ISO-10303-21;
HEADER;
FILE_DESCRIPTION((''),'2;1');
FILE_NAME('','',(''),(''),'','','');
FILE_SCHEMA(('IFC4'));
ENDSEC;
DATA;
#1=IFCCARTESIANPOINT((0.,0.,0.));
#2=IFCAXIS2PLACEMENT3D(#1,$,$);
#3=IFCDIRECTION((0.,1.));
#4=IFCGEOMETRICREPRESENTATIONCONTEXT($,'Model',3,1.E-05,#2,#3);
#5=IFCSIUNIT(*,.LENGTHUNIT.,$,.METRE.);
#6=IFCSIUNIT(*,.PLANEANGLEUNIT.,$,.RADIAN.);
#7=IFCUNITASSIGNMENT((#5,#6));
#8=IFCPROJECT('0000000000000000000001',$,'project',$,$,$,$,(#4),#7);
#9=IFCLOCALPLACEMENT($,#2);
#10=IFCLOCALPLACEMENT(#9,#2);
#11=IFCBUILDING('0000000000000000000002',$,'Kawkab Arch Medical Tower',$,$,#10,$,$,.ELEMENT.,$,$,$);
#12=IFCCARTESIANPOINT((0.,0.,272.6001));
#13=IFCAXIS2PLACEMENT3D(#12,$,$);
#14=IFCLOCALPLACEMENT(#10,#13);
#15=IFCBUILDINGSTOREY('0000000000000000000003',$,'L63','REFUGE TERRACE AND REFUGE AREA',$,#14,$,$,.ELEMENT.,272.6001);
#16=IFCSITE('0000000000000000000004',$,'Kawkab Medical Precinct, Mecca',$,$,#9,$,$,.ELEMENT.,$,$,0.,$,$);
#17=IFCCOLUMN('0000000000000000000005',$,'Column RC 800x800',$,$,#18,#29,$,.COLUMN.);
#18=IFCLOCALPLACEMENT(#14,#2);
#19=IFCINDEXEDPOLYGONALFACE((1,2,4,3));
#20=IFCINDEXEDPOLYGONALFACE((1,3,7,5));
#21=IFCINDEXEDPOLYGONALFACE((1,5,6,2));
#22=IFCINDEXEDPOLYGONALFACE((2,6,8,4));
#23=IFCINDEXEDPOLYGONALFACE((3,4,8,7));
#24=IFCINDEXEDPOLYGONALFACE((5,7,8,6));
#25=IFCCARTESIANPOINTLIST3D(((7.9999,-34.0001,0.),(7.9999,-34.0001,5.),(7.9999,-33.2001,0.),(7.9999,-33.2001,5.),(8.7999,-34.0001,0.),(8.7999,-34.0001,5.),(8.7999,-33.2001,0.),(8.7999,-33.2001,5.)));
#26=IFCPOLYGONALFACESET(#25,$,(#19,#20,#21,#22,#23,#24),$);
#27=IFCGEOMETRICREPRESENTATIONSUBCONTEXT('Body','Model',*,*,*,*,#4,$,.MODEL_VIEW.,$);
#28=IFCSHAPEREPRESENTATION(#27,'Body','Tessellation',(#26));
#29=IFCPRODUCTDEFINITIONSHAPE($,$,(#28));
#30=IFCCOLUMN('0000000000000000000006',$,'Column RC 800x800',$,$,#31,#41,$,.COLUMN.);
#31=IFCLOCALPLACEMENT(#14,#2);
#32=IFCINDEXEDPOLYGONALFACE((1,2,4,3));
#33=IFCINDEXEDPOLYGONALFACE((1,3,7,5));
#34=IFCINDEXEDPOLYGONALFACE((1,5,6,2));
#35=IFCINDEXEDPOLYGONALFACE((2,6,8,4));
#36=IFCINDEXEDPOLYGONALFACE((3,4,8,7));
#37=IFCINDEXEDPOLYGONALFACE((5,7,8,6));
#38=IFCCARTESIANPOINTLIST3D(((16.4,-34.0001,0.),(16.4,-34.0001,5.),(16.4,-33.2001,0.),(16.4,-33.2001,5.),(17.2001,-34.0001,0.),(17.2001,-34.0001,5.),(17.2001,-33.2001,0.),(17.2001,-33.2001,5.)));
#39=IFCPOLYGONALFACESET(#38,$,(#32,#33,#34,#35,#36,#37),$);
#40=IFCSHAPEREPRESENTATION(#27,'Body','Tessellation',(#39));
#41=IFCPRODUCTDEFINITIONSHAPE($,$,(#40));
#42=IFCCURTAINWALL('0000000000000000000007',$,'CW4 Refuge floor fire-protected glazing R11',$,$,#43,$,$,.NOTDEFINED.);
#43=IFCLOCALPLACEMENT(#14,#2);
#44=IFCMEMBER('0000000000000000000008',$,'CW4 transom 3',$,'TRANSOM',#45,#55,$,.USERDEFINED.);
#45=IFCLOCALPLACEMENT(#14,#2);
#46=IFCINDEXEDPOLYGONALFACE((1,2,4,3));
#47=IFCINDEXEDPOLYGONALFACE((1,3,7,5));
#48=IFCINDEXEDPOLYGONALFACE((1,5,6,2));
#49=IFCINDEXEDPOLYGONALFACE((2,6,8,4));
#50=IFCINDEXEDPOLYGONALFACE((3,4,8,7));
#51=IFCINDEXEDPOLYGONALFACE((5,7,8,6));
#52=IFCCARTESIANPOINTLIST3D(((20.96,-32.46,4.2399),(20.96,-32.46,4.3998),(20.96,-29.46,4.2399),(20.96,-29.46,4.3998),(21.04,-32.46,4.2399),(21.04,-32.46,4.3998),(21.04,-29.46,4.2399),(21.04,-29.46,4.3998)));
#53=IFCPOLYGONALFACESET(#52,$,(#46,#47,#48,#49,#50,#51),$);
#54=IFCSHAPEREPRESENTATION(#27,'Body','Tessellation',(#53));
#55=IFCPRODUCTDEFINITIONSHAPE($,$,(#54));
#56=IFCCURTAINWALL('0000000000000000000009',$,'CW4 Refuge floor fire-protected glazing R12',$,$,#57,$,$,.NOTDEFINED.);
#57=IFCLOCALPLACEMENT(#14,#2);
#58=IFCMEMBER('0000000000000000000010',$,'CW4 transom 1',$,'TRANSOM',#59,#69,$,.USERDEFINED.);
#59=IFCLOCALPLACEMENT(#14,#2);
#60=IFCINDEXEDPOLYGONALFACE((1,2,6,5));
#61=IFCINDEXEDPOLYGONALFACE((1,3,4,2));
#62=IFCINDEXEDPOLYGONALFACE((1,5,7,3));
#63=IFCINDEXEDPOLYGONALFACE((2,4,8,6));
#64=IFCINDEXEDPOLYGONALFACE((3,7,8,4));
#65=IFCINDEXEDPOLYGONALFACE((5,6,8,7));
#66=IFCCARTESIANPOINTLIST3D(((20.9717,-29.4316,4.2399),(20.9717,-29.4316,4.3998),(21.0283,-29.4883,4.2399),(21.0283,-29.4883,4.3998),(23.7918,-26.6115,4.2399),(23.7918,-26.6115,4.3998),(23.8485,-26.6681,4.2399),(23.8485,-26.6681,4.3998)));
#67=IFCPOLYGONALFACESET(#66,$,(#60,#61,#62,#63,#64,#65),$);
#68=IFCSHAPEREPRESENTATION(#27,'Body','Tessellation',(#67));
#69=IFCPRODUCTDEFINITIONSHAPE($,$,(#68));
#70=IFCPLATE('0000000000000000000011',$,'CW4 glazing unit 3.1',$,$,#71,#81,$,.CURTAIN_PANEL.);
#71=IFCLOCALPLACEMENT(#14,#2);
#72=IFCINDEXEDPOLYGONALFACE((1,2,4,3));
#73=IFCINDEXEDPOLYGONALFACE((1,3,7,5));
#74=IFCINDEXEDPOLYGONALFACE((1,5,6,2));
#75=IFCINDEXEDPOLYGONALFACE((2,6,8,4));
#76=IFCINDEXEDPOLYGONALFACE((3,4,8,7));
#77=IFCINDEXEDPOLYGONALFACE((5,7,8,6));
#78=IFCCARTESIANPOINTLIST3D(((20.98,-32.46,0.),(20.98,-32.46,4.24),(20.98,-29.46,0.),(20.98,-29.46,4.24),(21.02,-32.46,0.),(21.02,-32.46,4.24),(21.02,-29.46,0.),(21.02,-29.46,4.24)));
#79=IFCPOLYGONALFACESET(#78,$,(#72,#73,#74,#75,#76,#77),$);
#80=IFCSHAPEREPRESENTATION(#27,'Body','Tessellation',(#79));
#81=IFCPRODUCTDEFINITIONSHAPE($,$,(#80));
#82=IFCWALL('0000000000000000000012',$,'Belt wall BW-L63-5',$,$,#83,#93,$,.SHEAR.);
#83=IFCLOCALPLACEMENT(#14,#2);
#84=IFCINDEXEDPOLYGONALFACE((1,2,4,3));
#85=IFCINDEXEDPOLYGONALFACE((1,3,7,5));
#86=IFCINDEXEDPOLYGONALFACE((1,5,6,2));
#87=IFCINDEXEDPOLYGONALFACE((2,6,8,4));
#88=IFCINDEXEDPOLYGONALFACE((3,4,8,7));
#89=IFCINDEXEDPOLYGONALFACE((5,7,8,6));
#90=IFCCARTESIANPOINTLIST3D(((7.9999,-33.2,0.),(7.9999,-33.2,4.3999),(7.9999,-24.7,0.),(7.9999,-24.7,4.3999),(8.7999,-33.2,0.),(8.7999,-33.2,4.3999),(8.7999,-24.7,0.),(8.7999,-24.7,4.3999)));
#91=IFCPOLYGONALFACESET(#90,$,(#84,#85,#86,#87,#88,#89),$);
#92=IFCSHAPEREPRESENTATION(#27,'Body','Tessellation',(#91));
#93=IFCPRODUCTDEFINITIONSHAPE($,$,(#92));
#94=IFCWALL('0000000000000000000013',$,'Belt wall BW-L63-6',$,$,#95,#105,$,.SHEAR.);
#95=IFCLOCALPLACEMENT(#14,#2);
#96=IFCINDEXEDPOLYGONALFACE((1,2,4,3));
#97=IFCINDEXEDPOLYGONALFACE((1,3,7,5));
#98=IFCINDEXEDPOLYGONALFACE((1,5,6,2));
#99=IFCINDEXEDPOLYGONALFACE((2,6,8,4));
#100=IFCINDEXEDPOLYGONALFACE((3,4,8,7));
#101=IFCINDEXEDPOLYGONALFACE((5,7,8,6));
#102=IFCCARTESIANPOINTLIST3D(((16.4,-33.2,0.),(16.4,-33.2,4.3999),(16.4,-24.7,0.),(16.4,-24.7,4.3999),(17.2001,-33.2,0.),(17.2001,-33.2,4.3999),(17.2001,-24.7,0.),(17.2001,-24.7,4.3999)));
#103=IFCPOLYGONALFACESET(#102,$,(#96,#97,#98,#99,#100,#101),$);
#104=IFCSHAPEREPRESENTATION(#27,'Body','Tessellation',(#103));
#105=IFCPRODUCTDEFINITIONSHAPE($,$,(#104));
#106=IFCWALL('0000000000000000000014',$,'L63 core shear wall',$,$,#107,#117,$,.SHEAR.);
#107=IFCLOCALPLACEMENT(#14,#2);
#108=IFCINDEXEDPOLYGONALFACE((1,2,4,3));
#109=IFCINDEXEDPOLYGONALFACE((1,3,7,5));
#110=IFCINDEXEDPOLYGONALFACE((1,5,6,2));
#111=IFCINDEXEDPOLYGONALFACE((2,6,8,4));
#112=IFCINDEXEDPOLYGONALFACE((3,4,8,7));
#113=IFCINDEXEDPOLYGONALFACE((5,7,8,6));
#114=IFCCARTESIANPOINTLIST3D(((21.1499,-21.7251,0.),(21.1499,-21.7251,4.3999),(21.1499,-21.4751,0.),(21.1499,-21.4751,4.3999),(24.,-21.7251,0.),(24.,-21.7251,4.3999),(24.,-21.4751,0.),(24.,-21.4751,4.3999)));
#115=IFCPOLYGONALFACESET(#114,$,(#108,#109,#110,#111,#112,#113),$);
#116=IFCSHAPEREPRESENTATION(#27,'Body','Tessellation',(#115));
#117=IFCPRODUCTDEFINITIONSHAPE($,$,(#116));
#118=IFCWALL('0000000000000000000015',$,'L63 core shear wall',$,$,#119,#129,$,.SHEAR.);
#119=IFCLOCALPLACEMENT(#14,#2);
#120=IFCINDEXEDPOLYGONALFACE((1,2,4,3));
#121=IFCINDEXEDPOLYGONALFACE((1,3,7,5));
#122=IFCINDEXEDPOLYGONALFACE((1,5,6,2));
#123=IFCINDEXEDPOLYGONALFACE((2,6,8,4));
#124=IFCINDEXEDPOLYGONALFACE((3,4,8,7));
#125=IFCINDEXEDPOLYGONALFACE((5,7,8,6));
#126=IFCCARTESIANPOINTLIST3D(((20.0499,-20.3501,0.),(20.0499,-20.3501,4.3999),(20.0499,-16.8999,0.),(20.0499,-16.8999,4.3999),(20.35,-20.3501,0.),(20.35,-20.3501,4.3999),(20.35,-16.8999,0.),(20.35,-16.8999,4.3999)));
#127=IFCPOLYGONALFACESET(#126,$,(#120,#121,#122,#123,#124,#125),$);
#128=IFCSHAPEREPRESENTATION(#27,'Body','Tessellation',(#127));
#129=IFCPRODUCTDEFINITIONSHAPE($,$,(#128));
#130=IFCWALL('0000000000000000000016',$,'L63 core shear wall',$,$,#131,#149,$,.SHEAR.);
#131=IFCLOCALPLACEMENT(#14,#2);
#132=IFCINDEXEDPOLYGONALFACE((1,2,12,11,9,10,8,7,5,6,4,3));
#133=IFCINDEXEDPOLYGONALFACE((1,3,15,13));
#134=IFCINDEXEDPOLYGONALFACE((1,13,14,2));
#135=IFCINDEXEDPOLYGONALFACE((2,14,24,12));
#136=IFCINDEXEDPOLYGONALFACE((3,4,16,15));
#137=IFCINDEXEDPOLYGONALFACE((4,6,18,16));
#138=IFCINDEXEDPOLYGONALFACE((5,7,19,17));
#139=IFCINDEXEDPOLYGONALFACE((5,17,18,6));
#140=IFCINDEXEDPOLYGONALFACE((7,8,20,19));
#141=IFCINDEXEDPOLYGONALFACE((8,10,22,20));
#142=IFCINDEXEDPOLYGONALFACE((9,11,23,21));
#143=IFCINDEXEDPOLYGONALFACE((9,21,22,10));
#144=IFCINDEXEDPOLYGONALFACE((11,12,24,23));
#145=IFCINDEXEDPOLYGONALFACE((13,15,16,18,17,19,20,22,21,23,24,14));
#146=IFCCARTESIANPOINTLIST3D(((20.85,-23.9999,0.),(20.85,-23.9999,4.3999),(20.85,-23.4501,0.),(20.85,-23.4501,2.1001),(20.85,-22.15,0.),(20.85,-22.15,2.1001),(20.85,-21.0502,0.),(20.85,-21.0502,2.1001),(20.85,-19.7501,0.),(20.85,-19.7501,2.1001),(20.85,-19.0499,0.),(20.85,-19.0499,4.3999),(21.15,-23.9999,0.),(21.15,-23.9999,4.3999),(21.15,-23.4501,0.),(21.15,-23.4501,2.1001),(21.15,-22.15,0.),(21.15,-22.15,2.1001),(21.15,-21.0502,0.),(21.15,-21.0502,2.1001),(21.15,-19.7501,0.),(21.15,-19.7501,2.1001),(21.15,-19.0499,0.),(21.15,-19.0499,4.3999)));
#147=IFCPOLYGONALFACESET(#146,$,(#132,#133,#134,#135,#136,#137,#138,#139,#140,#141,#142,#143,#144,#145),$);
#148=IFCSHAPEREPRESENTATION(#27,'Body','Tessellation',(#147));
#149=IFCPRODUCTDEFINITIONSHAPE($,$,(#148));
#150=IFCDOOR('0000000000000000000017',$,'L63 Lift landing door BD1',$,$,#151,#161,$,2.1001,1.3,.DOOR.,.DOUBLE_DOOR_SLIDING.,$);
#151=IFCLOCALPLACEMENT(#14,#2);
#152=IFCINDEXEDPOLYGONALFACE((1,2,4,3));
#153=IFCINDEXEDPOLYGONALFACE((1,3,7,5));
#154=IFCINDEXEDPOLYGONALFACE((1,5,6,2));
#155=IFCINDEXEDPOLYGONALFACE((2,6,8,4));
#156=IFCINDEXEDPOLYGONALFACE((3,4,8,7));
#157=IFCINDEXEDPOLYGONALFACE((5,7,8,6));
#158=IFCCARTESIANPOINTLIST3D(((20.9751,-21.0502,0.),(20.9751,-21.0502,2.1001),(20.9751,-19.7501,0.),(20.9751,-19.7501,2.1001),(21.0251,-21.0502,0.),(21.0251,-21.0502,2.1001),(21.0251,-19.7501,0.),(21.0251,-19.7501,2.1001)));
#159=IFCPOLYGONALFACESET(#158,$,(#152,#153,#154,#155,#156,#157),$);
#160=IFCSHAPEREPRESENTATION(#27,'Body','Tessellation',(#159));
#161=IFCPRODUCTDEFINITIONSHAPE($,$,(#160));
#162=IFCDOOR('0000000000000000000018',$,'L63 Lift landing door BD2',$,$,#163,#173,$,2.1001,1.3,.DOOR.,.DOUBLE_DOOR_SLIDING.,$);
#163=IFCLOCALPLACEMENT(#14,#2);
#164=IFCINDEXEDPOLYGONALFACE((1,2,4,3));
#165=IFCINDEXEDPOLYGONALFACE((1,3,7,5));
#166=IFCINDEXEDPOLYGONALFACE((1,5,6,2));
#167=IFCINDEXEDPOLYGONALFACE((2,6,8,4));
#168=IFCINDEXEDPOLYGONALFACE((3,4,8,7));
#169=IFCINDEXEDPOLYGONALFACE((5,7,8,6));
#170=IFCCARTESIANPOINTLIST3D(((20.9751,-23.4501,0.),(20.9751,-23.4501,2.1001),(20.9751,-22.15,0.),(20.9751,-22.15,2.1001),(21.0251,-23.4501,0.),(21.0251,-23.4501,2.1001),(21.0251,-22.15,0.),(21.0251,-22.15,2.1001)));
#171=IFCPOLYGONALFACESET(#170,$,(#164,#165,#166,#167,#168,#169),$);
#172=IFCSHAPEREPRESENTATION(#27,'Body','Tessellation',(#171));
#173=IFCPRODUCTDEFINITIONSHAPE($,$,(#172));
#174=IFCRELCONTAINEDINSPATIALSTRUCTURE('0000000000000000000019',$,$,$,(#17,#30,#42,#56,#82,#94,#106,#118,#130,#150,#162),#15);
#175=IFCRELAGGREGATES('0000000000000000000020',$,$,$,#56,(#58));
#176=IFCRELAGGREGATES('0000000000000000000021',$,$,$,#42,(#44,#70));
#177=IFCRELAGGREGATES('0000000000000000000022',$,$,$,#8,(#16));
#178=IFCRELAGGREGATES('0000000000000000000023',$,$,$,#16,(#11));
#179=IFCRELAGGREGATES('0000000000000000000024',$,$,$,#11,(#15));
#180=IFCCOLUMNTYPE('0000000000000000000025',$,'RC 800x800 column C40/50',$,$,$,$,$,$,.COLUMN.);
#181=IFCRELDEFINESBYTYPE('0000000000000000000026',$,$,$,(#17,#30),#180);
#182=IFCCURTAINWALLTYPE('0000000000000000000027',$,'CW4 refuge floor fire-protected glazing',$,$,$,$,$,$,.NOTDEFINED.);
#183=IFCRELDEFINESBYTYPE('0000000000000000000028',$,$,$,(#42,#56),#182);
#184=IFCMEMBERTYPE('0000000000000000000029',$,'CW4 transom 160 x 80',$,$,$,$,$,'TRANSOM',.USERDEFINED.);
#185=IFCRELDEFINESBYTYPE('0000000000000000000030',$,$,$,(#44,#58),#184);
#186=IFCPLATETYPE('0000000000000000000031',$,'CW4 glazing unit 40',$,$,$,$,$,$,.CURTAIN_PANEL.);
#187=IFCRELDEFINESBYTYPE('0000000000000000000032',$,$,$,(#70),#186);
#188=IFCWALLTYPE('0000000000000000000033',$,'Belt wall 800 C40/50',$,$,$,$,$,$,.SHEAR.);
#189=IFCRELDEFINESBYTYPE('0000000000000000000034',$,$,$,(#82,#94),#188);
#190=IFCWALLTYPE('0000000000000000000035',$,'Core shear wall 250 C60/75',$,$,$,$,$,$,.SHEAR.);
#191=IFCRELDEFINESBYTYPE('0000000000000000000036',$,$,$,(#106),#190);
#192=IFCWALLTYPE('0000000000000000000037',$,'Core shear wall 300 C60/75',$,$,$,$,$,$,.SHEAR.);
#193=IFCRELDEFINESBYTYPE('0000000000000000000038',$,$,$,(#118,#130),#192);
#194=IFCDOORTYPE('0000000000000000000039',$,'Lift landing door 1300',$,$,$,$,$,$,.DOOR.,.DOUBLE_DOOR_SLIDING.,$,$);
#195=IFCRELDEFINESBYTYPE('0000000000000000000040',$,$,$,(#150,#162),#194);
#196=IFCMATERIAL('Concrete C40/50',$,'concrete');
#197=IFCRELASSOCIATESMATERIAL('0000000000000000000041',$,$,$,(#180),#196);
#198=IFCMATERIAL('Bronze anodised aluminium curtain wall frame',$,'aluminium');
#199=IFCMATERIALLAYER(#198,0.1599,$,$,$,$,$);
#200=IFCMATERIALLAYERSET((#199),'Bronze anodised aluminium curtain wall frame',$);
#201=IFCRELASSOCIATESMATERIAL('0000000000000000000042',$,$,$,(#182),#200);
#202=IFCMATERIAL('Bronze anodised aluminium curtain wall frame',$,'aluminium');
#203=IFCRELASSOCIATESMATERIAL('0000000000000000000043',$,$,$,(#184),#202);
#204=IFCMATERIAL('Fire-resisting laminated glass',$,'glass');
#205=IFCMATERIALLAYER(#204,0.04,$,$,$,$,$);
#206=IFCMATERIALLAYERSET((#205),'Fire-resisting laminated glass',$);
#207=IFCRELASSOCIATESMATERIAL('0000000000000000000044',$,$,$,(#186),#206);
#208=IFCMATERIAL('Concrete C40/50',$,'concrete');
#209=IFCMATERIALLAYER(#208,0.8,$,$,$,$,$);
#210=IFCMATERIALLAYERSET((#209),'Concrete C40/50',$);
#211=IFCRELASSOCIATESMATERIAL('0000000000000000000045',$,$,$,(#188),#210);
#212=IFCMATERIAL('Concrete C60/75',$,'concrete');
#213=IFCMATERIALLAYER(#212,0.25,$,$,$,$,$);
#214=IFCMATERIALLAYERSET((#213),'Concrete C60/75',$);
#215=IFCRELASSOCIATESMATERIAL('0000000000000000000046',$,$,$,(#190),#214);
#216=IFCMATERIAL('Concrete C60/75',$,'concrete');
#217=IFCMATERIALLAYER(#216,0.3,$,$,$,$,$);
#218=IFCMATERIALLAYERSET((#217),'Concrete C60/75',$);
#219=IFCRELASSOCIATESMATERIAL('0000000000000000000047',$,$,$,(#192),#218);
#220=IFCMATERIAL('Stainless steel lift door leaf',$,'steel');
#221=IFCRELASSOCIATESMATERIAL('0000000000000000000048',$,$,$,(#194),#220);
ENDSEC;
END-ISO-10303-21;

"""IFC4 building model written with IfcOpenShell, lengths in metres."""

from ifc_helpers import new_model, si_unit, direction, frame, frame_2d, origin, origin_2d, place, context, subcontext, project, spatial, rectangle, extrude, material, layer, layer_set, material_profile, profile_set, type_object, element, fill, aggregate, save


model = new_model("IFC4")

# Units and contexts
model_context = context("Model", 3, precision=1e-05, world=origin(), true_north=direction((0.0, 1.0)))
body_context = subcontext(model_context, "Body", "Model", "MODEL_VIEW")
ifc_project = project(units=[si_unit("LENGTHUNIT", "METRE"), si_unit("PLANEANGLEUNIT", "RADIAN")], contexts=[model_context])

# Site, building, storey
site_placement = place(None, origin())
site = spatial("IfcSite", under=ifc_project, at=site_placement, Name="Kawkab Medical Precinct, Mecca", CompositionType="ELEMENT", RefElevation=0.0)
building_placement = place(site_placement, origin())
building = spatial("IfcBuilding", under=site, at=building_placement, Name="Kawkab Arch Medical Tower", CompositionType="ELEMENT")
storey_placement = place(building_placement, frame((0.0, 0.0, 272.6001)))
storey = spatial("IfcBuildingStorey", under=building, at=storey_placement, Name="L63", Description="REFUGE TERRACE AND REFUGE AREA", CompositionType="ELEMENT", Elevation=272.6001)

# Columns
ifc_material_1 = material(Name="Concrete C40/50", Category="concrete")
ifc_material_profile_1 = material_profile(ifc_material_1, rectangle(XDim=0.8, YDim=0.8, at=origin_2d()), Name="RC 800x800")
ifc_profile_set_1 = profile_set([ifc_material_profile_1], Name="Concrete C40/50")
column_type = type_object("IfcColumnType", Name="RC 800x800 column C40/50", PredefinedType="COLUMN", material=ifc_profile_set_1)
for number, where, z_axis, x_axis, name in (
    (1, (8.3999, -33.6001, 0.0), (0.0, 0.0, 1.0), (1.0, 0.0, 0.0), "Column RC 800x800"),
    (2, (16.8, -33.6001, 0.0), (0.0, 0.0, 1.0), (1.0, 0.0, 0.0), "Column RC 800x800"),
):
    element("IfcColumn", number, at=place(storey_placement, frame(where, z_axis=z_axis, x_axis=x_axis)), inside=storey, type_object=column_type, Name=name, PredefinedType="COLUMN", context=body_context, shape_type="SweptSolid", body=[
        extrude(rectangle(XDim=0.8, YDim=0.8, at=origin_2d()), origin(), (0.0, 0.0, 1.0), 5.0),
    ])

# Curtain walls, members
ifc_material_2 = material(Name="Bronze anodised aluminium curtain wall frame", Category="aluminium")
ifc_layer_1 = layer(ifc_material_2, 0.1599)
ifc_layer_set_1 = layer_set([ifc_layer_1], Name="Bronze anodised aluminium curtain wall frame")
curtain_wall_type = type_object("IfcCurtainWallType", Name="CW4 refuge floor fire-protected glazing", PredefinedType="NOTDEFINED", material=ifc_layer_set_1)
placement = place(storey_placement, origin())
curtain_wall_1 = element("IfcCurtainWall", 3, at=placement, inside=storey, type_object=curtain_wall_type, Name="CW4 Refuge floor fire-protected glazing R11", PredefinedType="NOTDEFINED")
ifc_material_3 = material(Name="Bronze anodised aluminium curtain wall frame", Category="aluminium")
ifc_material_profile_2 = material_profile(ifc_material_3, rectangle(XDim=0.0801, YDim=0.1599, at=origin_2d()), Name="AL 80x160")
ifc_profile_set_2 = profile_set([ifc_material_profile_2], Name="Bronze anodised aluminium curtain wall frame")
member_type = type_object("IfcMemberType", Name="CW4 transom 160 x 80", ElementType="TRANSOM", PredefinedType="USERDEFINED", material=ifc_profile_set_2)
member_1_placement = place(storey_placement, frame((21.0, -32.46, 4.3198), z_axis=(0.0, 1.0, 0.0), x_axis=(-1.0, 0.0, 0.0)))
member_1 = element("IfcMember", 4, at=member_1_placement, type_object=member_type, Name="CW4 transom 3", ObjectType="TRANSOM", PredefinedType="USERDEFINED", context=body_context, shape_type="SweptSolid", body=[
    extrude(rectangle(XDim=0.0801, YDim=0.1599, at=origin_2d()), origin(), (0.0, 0.0, 1.0), 3.0),
])
curtain_wall_2 = element("IfcCurtainWall", 5, at=placement, inside=storey, type_object=curtain_wall_type, Name="CW4 Refuge floor fire-protected glazing R12", PredefinedType="NOTDEFINED")
member_2_placement = place(storey_placement, frame((21.0, -29.46, 4.3198), z_axis=(0.707107, 0.707107, 0.0), x_axis=(-0.707107, 0.707107, 0.0)))
member_2 = element("IfcMember", 6, at=member_2_placement, type_object=member_type, Name="CW4 transom 1", ObjectType="TRANSOM", PredefinedType="USERDEFINED", context=body_context, shape_type="SweptSolid", body=[
    extrude(rectangle(XDim=0.0801, YDim=0.1599, at=origin_2d()), origin(), (0.0, 0.0, 1.0), 3.9883),
])
aggregate(curtain_wall_2, [member_2])

# Plate
ifc_material_4 = material(Name="Fire-resisting laminated glass", Category="glass")
ifc_layer_2 = layer(ifc_material_4, 0.04)
ifc_layer_set_2 = layer_set([ifc_layer_2], Name="Fire-resisting laminated glass")
plate_type = type_object("IfcPlateType", Name="CW4 glazing unit 40", PredefinedType="CURTAIN_PANEL", material=ifc_layer_set_2)
plate_placement = place(storey_placement, frame((21.0, -30.96, 0.0), z_axis=(0.0, 0.0, 1.0), x_axis=(0.0, 1.0, 0.0)))
plate = element("IfcPlate", 7, at=plate_placement, type_object=plate_type, Name="CW4 glazing unit 3.1", PredefinedType="CURTAIN_PANEL", context=body_context, shape_type="SweptSolid", body=[
    extrude(rectangle(XDim=3.0, YDim=0.04, at=origin_2d()), origin(), (0.0, 0.0, 1.0), 4.24),
])
aggregate(curtain_wall_1, [member_1, plate])

# Walls
ifc_material_5 = material(Name="Concrete C40/50", Category="concrete")
ifc_layer_3 = layer(ifc_material_5, 0.8)
ifc_layer_set_3 = layer_set([ifc_layer_3], Name="Concrete C40/50")
wall_type_1 = type_object("IfcWallType", Name="Belt wall 800 C40/50", PredefinedType="SHEAR", material=ifc_layer_set_3)
for number, where, z_axis, x_axis, name in (
    (8, (8.3999, -24.7, 0.0), (0.0, 0.0, 1.0), (0.0, -1.0, 0.0), "Belt wall BW-L63-5"),
    (9, (16.8, -24.7, 0.0), (0.0, 0.0, 1.0), (0.0, -1.0, 0.0), "Belt wall BW-L63-6"),
):
    element("IfcWall", number, at=place(storey_placement, frame(where, z_axis=z_axis, x_axis=x_axis)), inside=storey, type_object=wall_type_1, Name=name, PredefinedType="SHEAR", context=body_context, shape_type="SweptSolid", body=[
        extrude(rectangle(XDim=8.5, YDim=0.8, at=frame_2d((4.25, 0.0))), origin(), (0.0, 0.0, 1.0), 4.3999),
    ])
ifc_material_6 = material(Name="Concrete C60/75", Category="concrete")
ifc_layer_4 = layer(ifc_material_6, 0.25)
ifc_layer_set_4 = layer_set([ifc_layer_4], Name="Concrete C60/75")
wall_type_2 = type_object("IfcWallType", Name="Core shear wall 250 C60/75", PredefinedType="SHEAR", material=ifc_layer_set_4)
wall_1_placement = place(storey_placement, frame((21.1499, -21.6001, 0.0), z_axis=(0.0, 0.0, 1.0), x_axis=(1.0, 0.0, 0.0)))
element("IfcWall", 10, at=wall_1_placement, inside=storey, type_object=wall_type_2, Name="L63 core shear wall", PredefinedType="SHEAR", context=body_context, shape_type="SweptSolid", body=[
    extrude(rectangle(XDim=2.8501, YDim=0.25, at=frame_2d((1.425, 0.0))), origin(), (0.0, 0.0, 1.0), 4.3999),
])
ifc_material_7 = material(Name="Concrete C60/75", Category="concrete")
ifc_layer_5 = layer(ifc_material_7, 0.3)
ifc_layer_set_5 = layer_set([ifc_layer_5], Name="Concrete C60/75")
wall_type_3 = type_object("IfcWallType", Name="Core shear wall 300 C60/75", PredefinedType="SHEAR", material=ifc_layer_set_5)
wall_2_placement = place(storey_placement, frame((20.2, -20.3501, 0.0), z_axis=(0.0, 0.0, 1.0), x_axis=(0.0, 1.0, 0.0)))
element("IfcWall", 11, at=wall_2_placement, inside=storey, type_object=wall_type_3, Name="L63 core shear wall", PredefinedType="SHEAR", context=body_context, shape_type="SweptSolid", body=[
    extrude(rectangle(XDim=3.4502, YDim=0.3, at=frame_2d((1.7251, 0.0))), origin(), (0.0, 0.0, 1.0), 4.3999),
])

# Wall, openings, doors
wall_3_placement = place(storey_placement, frame((21.0, -24.0, 0.0), z_axis=(0.0, 0.0, 1.0), x_axis=(0.0, 1.0, 0.0)))
wall_3 = element("IfcWall", 12, at=wall_3_placement, inside=storey, type_object=wall_type_3, Name="L63 core shear wall", PredefinedType="SHEAR", context=body_context, shape_type="SweptSolid", body=[
    extrude(rectangle(XDim=4.95, YDim=0.3, at=frame_2d((2.4751, 0.0))), origin(), (0.0, 0.0, 1.0), 4.3999),
])
opening_1_placement = place(wall_3_placement, frame((2.95, 0.0, 0.0)))
opening_1 = element("IfcOpeningElement", 13, at=opening_1_placement, cuts=wall_3, PredefinedType="OPENING", context=body_context, shape_type="SweptSolid", body=[
    extrude(rectangle(XDim=1.3, YDim=2.1001, at=frame_2d((0.6499, 1.05))), frame((0.0, 0.1599, 0.0), z_axis=(0.0, -1.0, 0.0), x_axis=(1.0, 0.0, 0.0)), (0.0, 0.0, 1.0), 0.3201),
])
opening_2_placement = place(wall_3_placement, frame((0.55, 0.0, 0.0)))
opening_2 = element("IfcOpeningElement", 14, at=opening_2_placement, cuts=wall_3, PredefinedType="OPENING", context=body_context, shape_type="SweptSolid", body=[
    extrude(rectangle(XDim=1.3, YDim=2.1001, at=frame_2d((0.6499, 1.05))), frame((0.0, 0.1599, 0.0), z_axis=(0.0, -1.0, 0.0), x_axis=(1.0, 0.0, 0.0)), (0.0, 0.0, 1.0), 0.3201),
])
ifc_material_8 = material(Name="Stainless steel lift door leaf", Category="steel")
door_type_1 = type_object("IfcDoorType", Name="Lift landing door 1300", OperationType="DOUBLE_DOOR_SLIDING", PredefinedType="DOOR", material=ifc_material_8)
door_1_placement = place(opening_1_placement, origin())
door_1 = element("IfcDoor", 15, at=door_1_placement, inside=storey, type_object=door_type_1, Name="L63 Lift landing door BD1", OperationType="DOUBLE_DOOR_SLIDING", OverallHeight=2.1001, OverallWidth=1.3, PredefinedType="DOOR", context=body_context, shape_type="SweptSolid", body=[
    extrude(rectangle(XDim=1.3, YDim=2.1001, at=frame_2d((0.6499, 1.05))), frame((0.0, 0.0249, 0.0), z_axis=(0.0, -1.0, 0.0), x_axis=(1.0, 0.0, 0.0)), (0.0, 0.0, 1.0), 0.05),
])
fill(opening_1, door_1)
door_2_placement = place(opening_2_placement, origin())
door_2 = element("IfcDoor", 16, at=door_2_placement, inside=storey, type_object=door_type_1, Name="L63 Lift landing door BD2", OperationType="DOUBLE_DOOR_SLIDING", OverallHeight=2.1001, OverallWidth=1.3, PredefinedType="DOOR", context=body_context, shape_type="SweptSolid", body=[
    extrude(rectangle(XDim=1.3, YDim=2.1001, at=frame_2d((0.6499, 1.05))), frame((0.0, 0.0249, 0.0), z_axis=(0.0, -1.0, 0.0), x_axis=(1.0, 0.0, 0.0)), (0.0, 0.0, 1.0), 0.05),
])
fill(opening_2, door_2)

save(model, "model.ifc")
